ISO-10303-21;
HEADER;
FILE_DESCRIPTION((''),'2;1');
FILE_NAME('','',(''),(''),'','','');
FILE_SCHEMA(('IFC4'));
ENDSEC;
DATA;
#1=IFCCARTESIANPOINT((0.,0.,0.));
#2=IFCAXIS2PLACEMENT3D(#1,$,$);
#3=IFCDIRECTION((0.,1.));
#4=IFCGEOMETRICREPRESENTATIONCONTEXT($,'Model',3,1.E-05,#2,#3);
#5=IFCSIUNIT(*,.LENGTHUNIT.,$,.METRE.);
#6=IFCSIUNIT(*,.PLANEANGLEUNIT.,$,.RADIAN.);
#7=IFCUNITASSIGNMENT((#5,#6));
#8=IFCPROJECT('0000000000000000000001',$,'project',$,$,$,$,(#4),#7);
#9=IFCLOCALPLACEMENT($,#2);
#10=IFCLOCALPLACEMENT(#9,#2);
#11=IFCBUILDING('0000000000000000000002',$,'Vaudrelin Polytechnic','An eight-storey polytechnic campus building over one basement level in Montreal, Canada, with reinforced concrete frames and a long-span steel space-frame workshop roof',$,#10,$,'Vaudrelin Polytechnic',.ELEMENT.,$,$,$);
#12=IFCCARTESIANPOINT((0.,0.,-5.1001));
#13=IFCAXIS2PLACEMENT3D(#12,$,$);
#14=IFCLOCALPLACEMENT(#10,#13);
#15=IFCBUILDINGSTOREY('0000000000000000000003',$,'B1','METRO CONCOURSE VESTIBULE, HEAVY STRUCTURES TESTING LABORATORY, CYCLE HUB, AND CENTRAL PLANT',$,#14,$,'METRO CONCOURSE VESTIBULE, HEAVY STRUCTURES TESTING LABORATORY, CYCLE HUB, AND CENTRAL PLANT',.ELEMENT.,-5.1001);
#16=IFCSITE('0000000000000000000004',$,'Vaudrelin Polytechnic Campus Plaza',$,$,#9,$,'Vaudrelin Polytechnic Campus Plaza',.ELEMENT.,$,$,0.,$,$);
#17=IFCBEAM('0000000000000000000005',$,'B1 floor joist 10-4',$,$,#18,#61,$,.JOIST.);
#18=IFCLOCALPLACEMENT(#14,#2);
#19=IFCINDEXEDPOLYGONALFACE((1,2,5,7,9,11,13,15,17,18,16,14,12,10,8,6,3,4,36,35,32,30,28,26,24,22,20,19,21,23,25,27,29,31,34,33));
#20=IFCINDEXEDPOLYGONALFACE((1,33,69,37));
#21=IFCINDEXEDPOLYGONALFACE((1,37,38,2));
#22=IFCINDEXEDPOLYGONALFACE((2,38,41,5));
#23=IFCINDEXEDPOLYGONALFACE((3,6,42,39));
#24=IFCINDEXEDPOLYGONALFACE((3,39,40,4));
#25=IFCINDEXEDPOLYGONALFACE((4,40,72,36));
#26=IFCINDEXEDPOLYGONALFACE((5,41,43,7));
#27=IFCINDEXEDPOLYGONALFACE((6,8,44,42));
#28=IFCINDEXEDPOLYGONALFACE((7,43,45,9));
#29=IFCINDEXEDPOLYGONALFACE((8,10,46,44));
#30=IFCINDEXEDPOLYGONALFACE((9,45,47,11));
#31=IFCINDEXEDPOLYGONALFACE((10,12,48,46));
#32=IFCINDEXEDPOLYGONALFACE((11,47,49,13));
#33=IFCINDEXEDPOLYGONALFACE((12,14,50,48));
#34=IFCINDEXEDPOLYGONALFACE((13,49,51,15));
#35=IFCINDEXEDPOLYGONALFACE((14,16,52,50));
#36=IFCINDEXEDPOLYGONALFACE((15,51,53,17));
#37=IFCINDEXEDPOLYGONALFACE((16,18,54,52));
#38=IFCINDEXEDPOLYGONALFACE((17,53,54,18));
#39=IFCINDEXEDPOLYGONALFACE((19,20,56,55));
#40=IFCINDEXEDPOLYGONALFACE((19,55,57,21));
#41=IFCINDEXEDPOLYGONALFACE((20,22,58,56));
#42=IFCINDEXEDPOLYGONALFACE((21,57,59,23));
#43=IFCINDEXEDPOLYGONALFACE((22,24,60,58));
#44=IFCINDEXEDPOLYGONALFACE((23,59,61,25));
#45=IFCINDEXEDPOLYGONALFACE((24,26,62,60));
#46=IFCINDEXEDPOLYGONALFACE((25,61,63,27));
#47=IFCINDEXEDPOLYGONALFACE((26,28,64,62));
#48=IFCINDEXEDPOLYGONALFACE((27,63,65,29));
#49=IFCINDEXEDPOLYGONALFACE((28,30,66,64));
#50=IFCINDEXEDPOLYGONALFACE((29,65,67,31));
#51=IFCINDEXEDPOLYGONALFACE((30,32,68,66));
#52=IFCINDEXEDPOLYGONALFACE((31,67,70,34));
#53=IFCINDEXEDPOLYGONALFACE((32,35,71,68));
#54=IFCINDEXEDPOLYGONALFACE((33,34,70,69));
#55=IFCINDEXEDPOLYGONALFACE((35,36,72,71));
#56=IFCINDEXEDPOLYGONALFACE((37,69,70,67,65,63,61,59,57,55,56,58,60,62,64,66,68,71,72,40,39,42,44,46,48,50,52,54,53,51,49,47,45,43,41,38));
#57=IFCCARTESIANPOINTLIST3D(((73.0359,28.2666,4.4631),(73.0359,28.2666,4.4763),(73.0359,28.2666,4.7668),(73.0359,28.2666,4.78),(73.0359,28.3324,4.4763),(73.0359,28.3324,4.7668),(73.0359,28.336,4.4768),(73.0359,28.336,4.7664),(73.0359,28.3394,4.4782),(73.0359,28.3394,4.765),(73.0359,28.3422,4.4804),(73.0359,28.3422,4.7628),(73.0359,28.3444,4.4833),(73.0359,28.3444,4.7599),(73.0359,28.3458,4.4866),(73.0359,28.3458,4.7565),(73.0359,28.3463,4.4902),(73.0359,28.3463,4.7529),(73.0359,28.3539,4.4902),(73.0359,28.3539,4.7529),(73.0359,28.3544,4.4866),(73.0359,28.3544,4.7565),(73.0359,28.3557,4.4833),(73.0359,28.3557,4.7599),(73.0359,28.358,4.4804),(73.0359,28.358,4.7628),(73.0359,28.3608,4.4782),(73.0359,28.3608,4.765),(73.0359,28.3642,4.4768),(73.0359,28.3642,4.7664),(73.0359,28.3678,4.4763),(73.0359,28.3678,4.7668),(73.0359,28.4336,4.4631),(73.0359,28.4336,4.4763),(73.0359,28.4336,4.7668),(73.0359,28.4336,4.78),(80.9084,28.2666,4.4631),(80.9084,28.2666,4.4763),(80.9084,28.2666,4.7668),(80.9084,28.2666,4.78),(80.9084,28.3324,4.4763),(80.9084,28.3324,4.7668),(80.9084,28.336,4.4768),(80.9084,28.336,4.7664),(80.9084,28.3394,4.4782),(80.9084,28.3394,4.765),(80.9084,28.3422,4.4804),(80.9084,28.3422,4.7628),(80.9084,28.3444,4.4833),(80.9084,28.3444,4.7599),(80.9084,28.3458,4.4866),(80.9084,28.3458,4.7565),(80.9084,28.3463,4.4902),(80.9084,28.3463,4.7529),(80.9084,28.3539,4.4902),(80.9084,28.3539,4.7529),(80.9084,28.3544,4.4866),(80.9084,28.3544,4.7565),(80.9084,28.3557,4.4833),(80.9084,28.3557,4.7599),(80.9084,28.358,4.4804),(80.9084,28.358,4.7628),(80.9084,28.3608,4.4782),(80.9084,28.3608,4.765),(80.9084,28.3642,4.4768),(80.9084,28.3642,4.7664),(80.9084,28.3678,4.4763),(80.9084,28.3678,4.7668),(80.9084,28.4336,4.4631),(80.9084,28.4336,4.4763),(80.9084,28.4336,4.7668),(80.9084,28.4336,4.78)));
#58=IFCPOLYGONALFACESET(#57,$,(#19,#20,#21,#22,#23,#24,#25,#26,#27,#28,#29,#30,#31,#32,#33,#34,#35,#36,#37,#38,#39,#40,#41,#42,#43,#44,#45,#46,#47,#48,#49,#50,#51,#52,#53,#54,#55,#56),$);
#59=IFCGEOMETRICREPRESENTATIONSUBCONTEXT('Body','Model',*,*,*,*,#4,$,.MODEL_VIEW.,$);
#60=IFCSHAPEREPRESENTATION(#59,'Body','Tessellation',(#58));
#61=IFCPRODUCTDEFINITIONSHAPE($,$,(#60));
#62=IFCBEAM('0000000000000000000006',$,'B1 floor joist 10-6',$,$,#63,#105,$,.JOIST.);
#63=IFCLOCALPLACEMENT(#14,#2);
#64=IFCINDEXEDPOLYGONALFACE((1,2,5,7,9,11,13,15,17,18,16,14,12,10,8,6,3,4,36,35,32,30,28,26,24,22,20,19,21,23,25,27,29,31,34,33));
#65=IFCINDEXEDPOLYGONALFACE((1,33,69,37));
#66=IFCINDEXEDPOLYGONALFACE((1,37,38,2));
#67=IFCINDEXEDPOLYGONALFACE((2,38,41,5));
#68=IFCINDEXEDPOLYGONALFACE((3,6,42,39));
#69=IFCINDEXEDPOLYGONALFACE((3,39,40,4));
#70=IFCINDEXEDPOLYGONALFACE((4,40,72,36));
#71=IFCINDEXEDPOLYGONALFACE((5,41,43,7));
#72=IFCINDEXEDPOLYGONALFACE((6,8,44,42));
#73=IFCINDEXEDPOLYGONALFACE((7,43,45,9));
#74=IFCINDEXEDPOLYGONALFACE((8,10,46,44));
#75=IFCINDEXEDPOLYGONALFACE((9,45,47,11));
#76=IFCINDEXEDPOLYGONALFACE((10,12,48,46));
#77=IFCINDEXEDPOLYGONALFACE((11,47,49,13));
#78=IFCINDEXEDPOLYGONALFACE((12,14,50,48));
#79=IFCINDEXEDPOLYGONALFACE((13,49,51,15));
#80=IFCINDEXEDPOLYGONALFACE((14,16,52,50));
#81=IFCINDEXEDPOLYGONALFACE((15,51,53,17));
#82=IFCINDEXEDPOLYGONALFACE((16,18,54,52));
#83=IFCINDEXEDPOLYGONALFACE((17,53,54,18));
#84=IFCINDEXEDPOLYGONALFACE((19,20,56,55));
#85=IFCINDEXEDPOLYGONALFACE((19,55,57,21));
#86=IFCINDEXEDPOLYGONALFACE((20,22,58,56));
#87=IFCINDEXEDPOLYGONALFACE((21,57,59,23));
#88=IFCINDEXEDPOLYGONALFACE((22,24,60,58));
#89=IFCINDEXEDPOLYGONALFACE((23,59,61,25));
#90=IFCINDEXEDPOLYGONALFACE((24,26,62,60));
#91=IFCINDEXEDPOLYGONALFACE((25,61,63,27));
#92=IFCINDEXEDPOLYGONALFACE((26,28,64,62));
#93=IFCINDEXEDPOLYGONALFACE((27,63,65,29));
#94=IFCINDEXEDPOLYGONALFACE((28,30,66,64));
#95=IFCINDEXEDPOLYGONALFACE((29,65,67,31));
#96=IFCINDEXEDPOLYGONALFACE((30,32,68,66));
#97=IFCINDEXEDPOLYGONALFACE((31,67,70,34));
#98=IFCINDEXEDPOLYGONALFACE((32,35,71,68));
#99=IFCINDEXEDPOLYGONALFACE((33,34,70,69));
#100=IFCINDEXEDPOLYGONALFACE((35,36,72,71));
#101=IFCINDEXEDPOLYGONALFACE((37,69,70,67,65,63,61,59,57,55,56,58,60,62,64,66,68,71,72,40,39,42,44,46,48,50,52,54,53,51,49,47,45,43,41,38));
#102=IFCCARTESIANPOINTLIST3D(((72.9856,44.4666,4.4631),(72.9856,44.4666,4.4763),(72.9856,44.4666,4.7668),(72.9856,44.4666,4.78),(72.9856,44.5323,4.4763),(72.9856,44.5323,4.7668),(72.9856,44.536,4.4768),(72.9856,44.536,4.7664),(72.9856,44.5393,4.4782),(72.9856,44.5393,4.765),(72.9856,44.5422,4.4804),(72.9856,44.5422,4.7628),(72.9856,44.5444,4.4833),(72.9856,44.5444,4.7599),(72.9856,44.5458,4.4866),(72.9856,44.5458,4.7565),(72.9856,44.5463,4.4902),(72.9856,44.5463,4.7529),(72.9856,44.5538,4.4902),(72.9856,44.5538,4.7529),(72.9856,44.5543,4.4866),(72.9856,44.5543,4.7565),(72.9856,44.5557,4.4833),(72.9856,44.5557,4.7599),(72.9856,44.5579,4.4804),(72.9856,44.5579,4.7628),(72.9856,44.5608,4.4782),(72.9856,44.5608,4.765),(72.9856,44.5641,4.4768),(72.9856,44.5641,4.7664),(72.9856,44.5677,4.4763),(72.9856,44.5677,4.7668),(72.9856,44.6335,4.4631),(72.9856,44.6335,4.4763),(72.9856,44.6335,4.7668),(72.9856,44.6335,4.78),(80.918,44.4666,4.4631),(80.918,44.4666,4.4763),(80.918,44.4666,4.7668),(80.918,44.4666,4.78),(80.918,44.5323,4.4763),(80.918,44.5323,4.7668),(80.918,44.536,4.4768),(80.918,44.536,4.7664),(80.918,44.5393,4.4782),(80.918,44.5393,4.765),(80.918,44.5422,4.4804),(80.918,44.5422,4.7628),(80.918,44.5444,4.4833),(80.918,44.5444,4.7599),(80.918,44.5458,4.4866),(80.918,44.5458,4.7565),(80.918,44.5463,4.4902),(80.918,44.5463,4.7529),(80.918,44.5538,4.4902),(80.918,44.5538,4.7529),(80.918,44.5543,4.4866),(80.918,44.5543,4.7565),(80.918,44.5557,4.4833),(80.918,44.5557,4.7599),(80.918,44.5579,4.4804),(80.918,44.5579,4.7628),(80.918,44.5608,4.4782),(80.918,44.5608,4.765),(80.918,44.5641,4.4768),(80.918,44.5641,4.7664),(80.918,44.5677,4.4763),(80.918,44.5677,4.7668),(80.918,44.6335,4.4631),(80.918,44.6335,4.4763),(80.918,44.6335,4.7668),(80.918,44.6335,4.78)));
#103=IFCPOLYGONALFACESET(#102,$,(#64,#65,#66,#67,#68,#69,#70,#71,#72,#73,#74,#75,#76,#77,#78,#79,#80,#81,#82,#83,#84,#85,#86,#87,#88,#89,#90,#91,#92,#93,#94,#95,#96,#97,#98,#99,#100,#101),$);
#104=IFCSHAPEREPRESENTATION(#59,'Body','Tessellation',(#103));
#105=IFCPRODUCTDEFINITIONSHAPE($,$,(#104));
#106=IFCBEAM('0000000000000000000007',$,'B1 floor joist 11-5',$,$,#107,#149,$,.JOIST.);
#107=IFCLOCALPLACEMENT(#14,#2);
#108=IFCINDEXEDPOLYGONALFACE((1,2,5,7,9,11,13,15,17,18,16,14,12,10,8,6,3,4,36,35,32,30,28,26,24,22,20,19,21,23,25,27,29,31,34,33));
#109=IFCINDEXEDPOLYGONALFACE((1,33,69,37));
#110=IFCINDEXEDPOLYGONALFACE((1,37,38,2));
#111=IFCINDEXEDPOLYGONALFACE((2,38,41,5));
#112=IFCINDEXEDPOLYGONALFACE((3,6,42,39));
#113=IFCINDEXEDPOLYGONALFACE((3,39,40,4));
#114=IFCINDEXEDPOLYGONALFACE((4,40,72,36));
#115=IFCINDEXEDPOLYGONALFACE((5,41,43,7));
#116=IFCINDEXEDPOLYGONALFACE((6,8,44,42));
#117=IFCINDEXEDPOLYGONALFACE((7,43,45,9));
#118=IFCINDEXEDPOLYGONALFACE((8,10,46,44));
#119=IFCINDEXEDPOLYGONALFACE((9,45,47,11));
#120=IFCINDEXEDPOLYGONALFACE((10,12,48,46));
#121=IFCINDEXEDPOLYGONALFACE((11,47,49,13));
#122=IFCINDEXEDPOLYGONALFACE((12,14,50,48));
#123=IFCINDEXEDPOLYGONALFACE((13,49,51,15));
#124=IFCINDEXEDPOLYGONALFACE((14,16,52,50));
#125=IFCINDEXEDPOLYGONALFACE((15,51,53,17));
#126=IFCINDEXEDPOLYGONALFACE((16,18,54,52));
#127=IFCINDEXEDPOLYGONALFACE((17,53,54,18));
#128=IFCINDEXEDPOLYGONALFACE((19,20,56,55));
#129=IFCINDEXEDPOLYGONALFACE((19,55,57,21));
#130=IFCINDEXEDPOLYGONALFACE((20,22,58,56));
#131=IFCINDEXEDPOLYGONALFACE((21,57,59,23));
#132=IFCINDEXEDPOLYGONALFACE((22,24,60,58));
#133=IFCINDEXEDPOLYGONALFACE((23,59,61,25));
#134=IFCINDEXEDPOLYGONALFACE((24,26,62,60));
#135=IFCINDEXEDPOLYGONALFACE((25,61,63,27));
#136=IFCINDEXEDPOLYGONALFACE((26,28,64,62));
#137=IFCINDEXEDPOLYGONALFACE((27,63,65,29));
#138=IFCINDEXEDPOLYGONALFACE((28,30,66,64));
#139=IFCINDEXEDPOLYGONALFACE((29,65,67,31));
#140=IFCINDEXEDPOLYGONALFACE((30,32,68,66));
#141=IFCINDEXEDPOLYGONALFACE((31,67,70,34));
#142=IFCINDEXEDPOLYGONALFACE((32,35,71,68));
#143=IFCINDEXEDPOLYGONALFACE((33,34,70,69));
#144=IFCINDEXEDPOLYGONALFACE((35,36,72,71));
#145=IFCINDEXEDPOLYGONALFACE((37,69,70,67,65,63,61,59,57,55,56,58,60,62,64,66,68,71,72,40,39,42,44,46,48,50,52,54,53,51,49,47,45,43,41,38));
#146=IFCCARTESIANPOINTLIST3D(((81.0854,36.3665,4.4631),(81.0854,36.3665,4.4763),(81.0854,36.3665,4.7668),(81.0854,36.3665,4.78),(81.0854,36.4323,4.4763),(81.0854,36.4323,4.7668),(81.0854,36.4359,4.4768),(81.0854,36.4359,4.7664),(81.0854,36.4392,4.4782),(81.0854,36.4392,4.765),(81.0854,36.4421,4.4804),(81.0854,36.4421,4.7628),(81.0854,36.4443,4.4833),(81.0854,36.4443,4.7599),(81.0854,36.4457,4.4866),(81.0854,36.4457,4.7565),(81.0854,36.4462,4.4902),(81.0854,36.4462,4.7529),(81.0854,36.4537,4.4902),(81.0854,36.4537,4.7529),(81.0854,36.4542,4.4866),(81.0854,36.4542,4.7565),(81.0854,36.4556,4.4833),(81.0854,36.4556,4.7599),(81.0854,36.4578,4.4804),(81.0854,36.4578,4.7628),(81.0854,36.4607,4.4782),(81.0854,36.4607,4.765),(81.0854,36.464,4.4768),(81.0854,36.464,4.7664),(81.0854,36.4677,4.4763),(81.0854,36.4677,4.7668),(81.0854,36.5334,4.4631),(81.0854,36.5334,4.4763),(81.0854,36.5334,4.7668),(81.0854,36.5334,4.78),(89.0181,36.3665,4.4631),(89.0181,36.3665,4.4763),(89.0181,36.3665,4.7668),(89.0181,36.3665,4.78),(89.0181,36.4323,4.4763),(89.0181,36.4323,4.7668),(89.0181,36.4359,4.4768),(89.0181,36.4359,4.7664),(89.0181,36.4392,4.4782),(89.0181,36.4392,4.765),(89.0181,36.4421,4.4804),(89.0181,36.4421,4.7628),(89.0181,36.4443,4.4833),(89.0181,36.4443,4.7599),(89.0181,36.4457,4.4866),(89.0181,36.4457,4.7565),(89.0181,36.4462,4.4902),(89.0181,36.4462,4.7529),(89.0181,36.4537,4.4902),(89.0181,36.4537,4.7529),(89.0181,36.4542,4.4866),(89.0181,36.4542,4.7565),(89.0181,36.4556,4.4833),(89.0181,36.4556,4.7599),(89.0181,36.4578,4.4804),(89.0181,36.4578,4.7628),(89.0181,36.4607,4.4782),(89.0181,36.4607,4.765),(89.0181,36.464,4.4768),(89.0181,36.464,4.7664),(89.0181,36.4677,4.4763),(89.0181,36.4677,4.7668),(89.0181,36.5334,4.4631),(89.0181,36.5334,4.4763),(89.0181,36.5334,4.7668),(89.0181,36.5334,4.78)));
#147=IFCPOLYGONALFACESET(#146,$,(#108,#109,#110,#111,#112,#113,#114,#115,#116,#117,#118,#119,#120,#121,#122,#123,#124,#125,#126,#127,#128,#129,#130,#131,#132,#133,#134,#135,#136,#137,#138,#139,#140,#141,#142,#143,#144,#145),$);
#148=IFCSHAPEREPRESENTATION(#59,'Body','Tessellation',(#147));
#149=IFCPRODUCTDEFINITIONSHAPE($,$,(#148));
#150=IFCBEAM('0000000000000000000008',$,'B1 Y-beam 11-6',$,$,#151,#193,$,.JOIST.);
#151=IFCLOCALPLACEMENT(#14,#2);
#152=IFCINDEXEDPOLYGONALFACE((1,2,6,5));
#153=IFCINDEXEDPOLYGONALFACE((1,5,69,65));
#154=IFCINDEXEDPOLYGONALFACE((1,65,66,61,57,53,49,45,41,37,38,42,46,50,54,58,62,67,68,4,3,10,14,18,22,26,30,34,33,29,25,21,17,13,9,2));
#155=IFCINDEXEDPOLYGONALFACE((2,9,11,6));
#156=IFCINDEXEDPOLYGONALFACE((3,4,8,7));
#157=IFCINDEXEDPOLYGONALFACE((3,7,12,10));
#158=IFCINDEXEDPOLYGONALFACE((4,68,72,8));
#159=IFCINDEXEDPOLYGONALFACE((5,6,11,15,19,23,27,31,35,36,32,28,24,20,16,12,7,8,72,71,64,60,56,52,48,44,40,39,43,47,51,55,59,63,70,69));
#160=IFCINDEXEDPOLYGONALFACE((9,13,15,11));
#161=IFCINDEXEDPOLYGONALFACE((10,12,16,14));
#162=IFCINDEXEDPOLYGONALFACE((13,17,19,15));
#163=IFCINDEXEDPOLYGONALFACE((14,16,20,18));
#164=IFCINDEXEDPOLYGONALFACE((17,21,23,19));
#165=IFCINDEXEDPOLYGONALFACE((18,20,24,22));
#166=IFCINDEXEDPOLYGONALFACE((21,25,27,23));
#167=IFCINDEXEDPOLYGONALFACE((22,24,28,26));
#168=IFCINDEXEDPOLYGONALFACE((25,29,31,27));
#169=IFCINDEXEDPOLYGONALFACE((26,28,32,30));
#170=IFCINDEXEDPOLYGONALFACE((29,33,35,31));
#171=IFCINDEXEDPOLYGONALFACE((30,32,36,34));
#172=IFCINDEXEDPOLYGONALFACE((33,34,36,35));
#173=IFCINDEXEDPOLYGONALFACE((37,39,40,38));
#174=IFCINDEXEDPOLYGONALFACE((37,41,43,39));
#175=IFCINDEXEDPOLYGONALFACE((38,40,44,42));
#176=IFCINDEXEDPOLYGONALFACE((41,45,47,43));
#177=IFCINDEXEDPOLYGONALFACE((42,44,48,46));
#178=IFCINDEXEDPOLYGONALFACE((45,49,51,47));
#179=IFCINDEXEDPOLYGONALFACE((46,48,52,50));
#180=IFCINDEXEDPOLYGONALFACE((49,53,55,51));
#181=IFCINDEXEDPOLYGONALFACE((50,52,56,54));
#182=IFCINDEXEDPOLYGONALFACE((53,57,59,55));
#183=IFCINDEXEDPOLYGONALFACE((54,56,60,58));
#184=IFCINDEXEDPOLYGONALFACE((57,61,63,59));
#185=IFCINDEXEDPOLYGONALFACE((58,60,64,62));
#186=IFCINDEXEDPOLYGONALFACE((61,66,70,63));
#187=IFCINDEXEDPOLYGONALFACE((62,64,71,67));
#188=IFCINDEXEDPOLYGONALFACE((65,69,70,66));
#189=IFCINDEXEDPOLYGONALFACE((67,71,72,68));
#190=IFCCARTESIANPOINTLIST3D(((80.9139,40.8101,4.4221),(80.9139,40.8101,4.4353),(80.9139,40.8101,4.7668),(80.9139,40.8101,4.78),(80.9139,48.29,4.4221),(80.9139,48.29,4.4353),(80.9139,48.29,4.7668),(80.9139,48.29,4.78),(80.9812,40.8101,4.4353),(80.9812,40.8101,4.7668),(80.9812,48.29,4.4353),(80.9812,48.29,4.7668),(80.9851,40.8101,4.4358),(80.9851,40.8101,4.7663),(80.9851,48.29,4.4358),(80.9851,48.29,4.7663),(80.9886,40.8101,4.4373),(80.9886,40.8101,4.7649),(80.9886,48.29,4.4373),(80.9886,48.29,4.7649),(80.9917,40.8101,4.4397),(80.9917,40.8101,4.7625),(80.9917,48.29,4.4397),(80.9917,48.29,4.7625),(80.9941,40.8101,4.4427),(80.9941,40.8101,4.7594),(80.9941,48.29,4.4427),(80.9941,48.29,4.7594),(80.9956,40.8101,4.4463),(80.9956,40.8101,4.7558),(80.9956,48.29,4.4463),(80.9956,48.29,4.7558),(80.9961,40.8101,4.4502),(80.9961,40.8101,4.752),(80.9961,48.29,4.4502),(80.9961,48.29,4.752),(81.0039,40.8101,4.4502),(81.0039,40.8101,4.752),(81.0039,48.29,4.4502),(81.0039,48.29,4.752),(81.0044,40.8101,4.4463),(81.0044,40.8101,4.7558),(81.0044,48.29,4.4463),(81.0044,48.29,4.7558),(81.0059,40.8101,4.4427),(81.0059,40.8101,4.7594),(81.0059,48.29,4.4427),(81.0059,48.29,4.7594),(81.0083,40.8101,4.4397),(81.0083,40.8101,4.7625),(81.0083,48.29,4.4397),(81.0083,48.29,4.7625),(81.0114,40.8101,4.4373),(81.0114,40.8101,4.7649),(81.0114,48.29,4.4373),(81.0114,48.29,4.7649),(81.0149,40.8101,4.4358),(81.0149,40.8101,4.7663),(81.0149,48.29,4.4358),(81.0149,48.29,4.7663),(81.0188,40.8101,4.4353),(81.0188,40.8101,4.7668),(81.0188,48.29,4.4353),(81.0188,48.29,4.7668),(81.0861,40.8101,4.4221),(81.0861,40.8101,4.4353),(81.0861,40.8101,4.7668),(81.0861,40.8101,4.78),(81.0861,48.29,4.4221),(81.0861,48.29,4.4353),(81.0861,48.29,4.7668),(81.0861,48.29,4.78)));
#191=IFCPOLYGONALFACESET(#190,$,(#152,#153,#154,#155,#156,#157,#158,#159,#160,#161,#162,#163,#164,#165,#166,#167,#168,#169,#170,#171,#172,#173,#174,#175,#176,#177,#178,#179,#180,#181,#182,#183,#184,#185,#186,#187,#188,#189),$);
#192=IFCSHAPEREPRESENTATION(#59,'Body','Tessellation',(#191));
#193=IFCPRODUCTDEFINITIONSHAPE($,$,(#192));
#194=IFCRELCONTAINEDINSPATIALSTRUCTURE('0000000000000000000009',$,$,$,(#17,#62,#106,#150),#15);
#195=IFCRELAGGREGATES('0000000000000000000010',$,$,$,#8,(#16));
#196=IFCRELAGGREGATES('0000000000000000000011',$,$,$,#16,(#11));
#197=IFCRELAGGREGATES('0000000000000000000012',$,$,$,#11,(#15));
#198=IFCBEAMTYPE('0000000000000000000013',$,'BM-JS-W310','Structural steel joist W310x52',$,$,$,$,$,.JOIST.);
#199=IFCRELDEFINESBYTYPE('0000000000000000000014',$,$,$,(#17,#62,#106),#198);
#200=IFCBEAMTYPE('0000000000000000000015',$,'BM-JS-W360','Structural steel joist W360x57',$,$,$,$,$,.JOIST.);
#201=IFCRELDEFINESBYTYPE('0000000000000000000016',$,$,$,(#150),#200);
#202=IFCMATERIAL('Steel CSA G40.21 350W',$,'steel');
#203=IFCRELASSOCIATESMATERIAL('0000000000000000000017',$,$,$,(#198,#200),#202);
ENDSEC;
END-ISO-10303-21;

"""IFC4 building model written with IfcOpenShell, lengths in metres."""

from ifc_helpers import new_model, si_unit, direction, frame, origin, origin_2d, place, context, subcontext, project, spatial, i_section, extrude, material, material_profile, profile_set, type_object, element, save


model = new_model("IFC4")

# Units and contexts
model_context = context("Model", 3, precision=1e-05, world=origin(), true_north=direction((0.0, 1.0)))
body_context = subcontext(model_context, "Body", "Model", "MODEL_VIEW")
ifc_project = project(units=[si_unit("LENGTHUNIT", "METRE"), si_unit("PLANEANGLEUNIT", "RADIAN")], contexts=[model_context])

# Site, building, storey
site_placement = place(None, origin())
site = spatial("IfcSite", under=ifc_project, at=site_placement, Name="Vaudrelin Polytechnic Campus Plaza", LongName="Vaudrelin Polytechnic Campus Plaza", CompositionType="ELEMENT", RefElevation=0.0)
building_placement = place(site_placement, origin())
building = spatial("IfcBuilding", under=site, at=building_placement, Name="Vaudrelin Polytechnic", Description="An eight-storey polytechnic campus building over one basement level in Montreal, Canada, with reinforced concrete frames and a long-span steel space-frame workshop roof", LongName="Vaudrelin Polytechnic", CompositionType="ELEMENT")
storey_placement = place(building_placement, frame((0.0, 0.0, -5.1001)))
storey = spatial("IfcBuildingStorey", under=building, at=storey_placement, Name="B1", Description="METRO CONCOURSE VESTIBULE, HEAVY STRUCTURES TESTING LABORATORY, CYCLE HUB, AND CENTRAL PLANT", LongName="METRO CONCOURSE VESTIBULE, HEAVY STRUCTURES TESTING LABORATORY, CYCLE HUB, AND CENTRAL PLANT", CompositionType="ELEMENT", Elevation=-5.1001)

# Shared definitions
ifc_material_1 = material(Name="Steel CSA G40.21 350W", Category="steel")

# Beams
ifc_material_profile_1 = material_profile(ifc_material_1, i_section(OverallWidth=0.167, OverallDepth=0.3169, WebThickness=0.0076, FlangeThickness=0.0132, FilletRadius=0.0139, at=origin_2d()), Name="W310x52")
ifc_profile_set_1 = profile_set([ifc_material_profile_1], Name="Steel CSA G40.21 350W")
beam_type_1 = type_object("IfcBeamType", Name="BM-JS-W310", Description="Structural steel joist W310x52", PredefinedType="JOIST", material=ifc_profile_set_1)
beam_1_placement = place(storey_placement, frame((73.0359, 28.3501, 4.6216), z_axis=(1.0, 0.0, 0.0), x_axis=(0.0, 1.0, 0.0)))
element("IfcBeam", 1, at=beam_1_placement, inside=storey, type_object=beam_type_1, Name="B1 floor joist 10-4", PredefinedType="JOIST", context=body_context, shape_type="SweptSolid", body=[
    extrude(i_section(OverallWidth=0.167, OverallDepth=0.3169, WebThickness=0.0076, FlangeThickness=0.0132, FilletRadius=0.0139, at=origin_2d()), origin(), (0.0, 0.0, 1.0), 7.8726),
])
beam_2_placement = place(storey_placement, frame((72.9856, 44.55, 4.6216), z_axis=(1.0, 0.0, 0.0), x_axis=(0.0, 1.0, 0.0)))
element("IfcBeam", 2, at=beam_2_placement, inside=storey, type_object=beam_type_1, Name="B1 floor joist 10-6", PredefinedType="JOIST", context=body_context, shape_type="SweptSolid", body=[
    extrude(i_section(OverallWidth=0.167, OverallDepth=0.3169, WebThickness=0.0076, FlangeThickness=0.0132, FilletRadius=0.0139, at=origin_2d()), origin(), (0.0, 0.0, 1.0), 7.9324),
])
beam_3_placement = place(storey_placement, frame((81.0854, 36.45, 4.6216), z_axis=(1.0, 0.0, 0.0), x_axis=(0.0, 1.0, 0.0)))
element("IfcBeam", 3, at=beam_3_placement, inside=storey, type_object=beam_type_1, Name="B1 floor joist 11-5", PredefinedType="JOIST", context=body_context, shape_type="SweptSolid", body=[
    extrude(i_section(OverallWidth=0.167, OverallDepth=0.3169, WebThickness=0.0076, FlangeThickness=0.0132, FilletRadius=0.0139, at=origin_2d()), origin(), (0.0, 0.0, 1.0), 7.9326),
])
ifc_material_profile_2 = material_profile(ifc_material_1, i_section(OverallWidth=0.1721, OverallDepth=0.3579, WebThickness=0.0078, FlangeThickness=0.0132, FilletRadius=0.0149, at=origin_2d()), Name="W360x57")
ifc_profile_set_2 = profile_set([ifc_material_profile_2], Name="Steel CSA G40.21 350W")
beam_type_2 = type_object("IfcBeamType", Name="BM-JS-W360", Description="Structural steel joist W360x57", PredefinedType="JOIST", material=ifc_profile_set_2)
beam_4_placement = place(storey_placement, frame((81.0, 40.8101, 4.6011), z_axis=(0.0, 1.0, 0.0), x_axis=(-1.0, 0.0, 0.0)))
element("IfcBeam", 4, at=beam_4_placement, inside=storey, type_object=beam_type_2, Name="B1 Y-beam 11-6", PredefinedType="JOIST", context=body_context, shape_type="SweptSolid", body=[
    extrude(i_section(OverallWidth=0.1721, OverallDepth=0.3579, WebThickness=0.0078, FlangeThickness=0.0132, FilletRadius=0.0149, at=origin_2d()), origin(), (0.0, 0.0, 1.0), 7.48),
])

save(model, "model.ifc")
